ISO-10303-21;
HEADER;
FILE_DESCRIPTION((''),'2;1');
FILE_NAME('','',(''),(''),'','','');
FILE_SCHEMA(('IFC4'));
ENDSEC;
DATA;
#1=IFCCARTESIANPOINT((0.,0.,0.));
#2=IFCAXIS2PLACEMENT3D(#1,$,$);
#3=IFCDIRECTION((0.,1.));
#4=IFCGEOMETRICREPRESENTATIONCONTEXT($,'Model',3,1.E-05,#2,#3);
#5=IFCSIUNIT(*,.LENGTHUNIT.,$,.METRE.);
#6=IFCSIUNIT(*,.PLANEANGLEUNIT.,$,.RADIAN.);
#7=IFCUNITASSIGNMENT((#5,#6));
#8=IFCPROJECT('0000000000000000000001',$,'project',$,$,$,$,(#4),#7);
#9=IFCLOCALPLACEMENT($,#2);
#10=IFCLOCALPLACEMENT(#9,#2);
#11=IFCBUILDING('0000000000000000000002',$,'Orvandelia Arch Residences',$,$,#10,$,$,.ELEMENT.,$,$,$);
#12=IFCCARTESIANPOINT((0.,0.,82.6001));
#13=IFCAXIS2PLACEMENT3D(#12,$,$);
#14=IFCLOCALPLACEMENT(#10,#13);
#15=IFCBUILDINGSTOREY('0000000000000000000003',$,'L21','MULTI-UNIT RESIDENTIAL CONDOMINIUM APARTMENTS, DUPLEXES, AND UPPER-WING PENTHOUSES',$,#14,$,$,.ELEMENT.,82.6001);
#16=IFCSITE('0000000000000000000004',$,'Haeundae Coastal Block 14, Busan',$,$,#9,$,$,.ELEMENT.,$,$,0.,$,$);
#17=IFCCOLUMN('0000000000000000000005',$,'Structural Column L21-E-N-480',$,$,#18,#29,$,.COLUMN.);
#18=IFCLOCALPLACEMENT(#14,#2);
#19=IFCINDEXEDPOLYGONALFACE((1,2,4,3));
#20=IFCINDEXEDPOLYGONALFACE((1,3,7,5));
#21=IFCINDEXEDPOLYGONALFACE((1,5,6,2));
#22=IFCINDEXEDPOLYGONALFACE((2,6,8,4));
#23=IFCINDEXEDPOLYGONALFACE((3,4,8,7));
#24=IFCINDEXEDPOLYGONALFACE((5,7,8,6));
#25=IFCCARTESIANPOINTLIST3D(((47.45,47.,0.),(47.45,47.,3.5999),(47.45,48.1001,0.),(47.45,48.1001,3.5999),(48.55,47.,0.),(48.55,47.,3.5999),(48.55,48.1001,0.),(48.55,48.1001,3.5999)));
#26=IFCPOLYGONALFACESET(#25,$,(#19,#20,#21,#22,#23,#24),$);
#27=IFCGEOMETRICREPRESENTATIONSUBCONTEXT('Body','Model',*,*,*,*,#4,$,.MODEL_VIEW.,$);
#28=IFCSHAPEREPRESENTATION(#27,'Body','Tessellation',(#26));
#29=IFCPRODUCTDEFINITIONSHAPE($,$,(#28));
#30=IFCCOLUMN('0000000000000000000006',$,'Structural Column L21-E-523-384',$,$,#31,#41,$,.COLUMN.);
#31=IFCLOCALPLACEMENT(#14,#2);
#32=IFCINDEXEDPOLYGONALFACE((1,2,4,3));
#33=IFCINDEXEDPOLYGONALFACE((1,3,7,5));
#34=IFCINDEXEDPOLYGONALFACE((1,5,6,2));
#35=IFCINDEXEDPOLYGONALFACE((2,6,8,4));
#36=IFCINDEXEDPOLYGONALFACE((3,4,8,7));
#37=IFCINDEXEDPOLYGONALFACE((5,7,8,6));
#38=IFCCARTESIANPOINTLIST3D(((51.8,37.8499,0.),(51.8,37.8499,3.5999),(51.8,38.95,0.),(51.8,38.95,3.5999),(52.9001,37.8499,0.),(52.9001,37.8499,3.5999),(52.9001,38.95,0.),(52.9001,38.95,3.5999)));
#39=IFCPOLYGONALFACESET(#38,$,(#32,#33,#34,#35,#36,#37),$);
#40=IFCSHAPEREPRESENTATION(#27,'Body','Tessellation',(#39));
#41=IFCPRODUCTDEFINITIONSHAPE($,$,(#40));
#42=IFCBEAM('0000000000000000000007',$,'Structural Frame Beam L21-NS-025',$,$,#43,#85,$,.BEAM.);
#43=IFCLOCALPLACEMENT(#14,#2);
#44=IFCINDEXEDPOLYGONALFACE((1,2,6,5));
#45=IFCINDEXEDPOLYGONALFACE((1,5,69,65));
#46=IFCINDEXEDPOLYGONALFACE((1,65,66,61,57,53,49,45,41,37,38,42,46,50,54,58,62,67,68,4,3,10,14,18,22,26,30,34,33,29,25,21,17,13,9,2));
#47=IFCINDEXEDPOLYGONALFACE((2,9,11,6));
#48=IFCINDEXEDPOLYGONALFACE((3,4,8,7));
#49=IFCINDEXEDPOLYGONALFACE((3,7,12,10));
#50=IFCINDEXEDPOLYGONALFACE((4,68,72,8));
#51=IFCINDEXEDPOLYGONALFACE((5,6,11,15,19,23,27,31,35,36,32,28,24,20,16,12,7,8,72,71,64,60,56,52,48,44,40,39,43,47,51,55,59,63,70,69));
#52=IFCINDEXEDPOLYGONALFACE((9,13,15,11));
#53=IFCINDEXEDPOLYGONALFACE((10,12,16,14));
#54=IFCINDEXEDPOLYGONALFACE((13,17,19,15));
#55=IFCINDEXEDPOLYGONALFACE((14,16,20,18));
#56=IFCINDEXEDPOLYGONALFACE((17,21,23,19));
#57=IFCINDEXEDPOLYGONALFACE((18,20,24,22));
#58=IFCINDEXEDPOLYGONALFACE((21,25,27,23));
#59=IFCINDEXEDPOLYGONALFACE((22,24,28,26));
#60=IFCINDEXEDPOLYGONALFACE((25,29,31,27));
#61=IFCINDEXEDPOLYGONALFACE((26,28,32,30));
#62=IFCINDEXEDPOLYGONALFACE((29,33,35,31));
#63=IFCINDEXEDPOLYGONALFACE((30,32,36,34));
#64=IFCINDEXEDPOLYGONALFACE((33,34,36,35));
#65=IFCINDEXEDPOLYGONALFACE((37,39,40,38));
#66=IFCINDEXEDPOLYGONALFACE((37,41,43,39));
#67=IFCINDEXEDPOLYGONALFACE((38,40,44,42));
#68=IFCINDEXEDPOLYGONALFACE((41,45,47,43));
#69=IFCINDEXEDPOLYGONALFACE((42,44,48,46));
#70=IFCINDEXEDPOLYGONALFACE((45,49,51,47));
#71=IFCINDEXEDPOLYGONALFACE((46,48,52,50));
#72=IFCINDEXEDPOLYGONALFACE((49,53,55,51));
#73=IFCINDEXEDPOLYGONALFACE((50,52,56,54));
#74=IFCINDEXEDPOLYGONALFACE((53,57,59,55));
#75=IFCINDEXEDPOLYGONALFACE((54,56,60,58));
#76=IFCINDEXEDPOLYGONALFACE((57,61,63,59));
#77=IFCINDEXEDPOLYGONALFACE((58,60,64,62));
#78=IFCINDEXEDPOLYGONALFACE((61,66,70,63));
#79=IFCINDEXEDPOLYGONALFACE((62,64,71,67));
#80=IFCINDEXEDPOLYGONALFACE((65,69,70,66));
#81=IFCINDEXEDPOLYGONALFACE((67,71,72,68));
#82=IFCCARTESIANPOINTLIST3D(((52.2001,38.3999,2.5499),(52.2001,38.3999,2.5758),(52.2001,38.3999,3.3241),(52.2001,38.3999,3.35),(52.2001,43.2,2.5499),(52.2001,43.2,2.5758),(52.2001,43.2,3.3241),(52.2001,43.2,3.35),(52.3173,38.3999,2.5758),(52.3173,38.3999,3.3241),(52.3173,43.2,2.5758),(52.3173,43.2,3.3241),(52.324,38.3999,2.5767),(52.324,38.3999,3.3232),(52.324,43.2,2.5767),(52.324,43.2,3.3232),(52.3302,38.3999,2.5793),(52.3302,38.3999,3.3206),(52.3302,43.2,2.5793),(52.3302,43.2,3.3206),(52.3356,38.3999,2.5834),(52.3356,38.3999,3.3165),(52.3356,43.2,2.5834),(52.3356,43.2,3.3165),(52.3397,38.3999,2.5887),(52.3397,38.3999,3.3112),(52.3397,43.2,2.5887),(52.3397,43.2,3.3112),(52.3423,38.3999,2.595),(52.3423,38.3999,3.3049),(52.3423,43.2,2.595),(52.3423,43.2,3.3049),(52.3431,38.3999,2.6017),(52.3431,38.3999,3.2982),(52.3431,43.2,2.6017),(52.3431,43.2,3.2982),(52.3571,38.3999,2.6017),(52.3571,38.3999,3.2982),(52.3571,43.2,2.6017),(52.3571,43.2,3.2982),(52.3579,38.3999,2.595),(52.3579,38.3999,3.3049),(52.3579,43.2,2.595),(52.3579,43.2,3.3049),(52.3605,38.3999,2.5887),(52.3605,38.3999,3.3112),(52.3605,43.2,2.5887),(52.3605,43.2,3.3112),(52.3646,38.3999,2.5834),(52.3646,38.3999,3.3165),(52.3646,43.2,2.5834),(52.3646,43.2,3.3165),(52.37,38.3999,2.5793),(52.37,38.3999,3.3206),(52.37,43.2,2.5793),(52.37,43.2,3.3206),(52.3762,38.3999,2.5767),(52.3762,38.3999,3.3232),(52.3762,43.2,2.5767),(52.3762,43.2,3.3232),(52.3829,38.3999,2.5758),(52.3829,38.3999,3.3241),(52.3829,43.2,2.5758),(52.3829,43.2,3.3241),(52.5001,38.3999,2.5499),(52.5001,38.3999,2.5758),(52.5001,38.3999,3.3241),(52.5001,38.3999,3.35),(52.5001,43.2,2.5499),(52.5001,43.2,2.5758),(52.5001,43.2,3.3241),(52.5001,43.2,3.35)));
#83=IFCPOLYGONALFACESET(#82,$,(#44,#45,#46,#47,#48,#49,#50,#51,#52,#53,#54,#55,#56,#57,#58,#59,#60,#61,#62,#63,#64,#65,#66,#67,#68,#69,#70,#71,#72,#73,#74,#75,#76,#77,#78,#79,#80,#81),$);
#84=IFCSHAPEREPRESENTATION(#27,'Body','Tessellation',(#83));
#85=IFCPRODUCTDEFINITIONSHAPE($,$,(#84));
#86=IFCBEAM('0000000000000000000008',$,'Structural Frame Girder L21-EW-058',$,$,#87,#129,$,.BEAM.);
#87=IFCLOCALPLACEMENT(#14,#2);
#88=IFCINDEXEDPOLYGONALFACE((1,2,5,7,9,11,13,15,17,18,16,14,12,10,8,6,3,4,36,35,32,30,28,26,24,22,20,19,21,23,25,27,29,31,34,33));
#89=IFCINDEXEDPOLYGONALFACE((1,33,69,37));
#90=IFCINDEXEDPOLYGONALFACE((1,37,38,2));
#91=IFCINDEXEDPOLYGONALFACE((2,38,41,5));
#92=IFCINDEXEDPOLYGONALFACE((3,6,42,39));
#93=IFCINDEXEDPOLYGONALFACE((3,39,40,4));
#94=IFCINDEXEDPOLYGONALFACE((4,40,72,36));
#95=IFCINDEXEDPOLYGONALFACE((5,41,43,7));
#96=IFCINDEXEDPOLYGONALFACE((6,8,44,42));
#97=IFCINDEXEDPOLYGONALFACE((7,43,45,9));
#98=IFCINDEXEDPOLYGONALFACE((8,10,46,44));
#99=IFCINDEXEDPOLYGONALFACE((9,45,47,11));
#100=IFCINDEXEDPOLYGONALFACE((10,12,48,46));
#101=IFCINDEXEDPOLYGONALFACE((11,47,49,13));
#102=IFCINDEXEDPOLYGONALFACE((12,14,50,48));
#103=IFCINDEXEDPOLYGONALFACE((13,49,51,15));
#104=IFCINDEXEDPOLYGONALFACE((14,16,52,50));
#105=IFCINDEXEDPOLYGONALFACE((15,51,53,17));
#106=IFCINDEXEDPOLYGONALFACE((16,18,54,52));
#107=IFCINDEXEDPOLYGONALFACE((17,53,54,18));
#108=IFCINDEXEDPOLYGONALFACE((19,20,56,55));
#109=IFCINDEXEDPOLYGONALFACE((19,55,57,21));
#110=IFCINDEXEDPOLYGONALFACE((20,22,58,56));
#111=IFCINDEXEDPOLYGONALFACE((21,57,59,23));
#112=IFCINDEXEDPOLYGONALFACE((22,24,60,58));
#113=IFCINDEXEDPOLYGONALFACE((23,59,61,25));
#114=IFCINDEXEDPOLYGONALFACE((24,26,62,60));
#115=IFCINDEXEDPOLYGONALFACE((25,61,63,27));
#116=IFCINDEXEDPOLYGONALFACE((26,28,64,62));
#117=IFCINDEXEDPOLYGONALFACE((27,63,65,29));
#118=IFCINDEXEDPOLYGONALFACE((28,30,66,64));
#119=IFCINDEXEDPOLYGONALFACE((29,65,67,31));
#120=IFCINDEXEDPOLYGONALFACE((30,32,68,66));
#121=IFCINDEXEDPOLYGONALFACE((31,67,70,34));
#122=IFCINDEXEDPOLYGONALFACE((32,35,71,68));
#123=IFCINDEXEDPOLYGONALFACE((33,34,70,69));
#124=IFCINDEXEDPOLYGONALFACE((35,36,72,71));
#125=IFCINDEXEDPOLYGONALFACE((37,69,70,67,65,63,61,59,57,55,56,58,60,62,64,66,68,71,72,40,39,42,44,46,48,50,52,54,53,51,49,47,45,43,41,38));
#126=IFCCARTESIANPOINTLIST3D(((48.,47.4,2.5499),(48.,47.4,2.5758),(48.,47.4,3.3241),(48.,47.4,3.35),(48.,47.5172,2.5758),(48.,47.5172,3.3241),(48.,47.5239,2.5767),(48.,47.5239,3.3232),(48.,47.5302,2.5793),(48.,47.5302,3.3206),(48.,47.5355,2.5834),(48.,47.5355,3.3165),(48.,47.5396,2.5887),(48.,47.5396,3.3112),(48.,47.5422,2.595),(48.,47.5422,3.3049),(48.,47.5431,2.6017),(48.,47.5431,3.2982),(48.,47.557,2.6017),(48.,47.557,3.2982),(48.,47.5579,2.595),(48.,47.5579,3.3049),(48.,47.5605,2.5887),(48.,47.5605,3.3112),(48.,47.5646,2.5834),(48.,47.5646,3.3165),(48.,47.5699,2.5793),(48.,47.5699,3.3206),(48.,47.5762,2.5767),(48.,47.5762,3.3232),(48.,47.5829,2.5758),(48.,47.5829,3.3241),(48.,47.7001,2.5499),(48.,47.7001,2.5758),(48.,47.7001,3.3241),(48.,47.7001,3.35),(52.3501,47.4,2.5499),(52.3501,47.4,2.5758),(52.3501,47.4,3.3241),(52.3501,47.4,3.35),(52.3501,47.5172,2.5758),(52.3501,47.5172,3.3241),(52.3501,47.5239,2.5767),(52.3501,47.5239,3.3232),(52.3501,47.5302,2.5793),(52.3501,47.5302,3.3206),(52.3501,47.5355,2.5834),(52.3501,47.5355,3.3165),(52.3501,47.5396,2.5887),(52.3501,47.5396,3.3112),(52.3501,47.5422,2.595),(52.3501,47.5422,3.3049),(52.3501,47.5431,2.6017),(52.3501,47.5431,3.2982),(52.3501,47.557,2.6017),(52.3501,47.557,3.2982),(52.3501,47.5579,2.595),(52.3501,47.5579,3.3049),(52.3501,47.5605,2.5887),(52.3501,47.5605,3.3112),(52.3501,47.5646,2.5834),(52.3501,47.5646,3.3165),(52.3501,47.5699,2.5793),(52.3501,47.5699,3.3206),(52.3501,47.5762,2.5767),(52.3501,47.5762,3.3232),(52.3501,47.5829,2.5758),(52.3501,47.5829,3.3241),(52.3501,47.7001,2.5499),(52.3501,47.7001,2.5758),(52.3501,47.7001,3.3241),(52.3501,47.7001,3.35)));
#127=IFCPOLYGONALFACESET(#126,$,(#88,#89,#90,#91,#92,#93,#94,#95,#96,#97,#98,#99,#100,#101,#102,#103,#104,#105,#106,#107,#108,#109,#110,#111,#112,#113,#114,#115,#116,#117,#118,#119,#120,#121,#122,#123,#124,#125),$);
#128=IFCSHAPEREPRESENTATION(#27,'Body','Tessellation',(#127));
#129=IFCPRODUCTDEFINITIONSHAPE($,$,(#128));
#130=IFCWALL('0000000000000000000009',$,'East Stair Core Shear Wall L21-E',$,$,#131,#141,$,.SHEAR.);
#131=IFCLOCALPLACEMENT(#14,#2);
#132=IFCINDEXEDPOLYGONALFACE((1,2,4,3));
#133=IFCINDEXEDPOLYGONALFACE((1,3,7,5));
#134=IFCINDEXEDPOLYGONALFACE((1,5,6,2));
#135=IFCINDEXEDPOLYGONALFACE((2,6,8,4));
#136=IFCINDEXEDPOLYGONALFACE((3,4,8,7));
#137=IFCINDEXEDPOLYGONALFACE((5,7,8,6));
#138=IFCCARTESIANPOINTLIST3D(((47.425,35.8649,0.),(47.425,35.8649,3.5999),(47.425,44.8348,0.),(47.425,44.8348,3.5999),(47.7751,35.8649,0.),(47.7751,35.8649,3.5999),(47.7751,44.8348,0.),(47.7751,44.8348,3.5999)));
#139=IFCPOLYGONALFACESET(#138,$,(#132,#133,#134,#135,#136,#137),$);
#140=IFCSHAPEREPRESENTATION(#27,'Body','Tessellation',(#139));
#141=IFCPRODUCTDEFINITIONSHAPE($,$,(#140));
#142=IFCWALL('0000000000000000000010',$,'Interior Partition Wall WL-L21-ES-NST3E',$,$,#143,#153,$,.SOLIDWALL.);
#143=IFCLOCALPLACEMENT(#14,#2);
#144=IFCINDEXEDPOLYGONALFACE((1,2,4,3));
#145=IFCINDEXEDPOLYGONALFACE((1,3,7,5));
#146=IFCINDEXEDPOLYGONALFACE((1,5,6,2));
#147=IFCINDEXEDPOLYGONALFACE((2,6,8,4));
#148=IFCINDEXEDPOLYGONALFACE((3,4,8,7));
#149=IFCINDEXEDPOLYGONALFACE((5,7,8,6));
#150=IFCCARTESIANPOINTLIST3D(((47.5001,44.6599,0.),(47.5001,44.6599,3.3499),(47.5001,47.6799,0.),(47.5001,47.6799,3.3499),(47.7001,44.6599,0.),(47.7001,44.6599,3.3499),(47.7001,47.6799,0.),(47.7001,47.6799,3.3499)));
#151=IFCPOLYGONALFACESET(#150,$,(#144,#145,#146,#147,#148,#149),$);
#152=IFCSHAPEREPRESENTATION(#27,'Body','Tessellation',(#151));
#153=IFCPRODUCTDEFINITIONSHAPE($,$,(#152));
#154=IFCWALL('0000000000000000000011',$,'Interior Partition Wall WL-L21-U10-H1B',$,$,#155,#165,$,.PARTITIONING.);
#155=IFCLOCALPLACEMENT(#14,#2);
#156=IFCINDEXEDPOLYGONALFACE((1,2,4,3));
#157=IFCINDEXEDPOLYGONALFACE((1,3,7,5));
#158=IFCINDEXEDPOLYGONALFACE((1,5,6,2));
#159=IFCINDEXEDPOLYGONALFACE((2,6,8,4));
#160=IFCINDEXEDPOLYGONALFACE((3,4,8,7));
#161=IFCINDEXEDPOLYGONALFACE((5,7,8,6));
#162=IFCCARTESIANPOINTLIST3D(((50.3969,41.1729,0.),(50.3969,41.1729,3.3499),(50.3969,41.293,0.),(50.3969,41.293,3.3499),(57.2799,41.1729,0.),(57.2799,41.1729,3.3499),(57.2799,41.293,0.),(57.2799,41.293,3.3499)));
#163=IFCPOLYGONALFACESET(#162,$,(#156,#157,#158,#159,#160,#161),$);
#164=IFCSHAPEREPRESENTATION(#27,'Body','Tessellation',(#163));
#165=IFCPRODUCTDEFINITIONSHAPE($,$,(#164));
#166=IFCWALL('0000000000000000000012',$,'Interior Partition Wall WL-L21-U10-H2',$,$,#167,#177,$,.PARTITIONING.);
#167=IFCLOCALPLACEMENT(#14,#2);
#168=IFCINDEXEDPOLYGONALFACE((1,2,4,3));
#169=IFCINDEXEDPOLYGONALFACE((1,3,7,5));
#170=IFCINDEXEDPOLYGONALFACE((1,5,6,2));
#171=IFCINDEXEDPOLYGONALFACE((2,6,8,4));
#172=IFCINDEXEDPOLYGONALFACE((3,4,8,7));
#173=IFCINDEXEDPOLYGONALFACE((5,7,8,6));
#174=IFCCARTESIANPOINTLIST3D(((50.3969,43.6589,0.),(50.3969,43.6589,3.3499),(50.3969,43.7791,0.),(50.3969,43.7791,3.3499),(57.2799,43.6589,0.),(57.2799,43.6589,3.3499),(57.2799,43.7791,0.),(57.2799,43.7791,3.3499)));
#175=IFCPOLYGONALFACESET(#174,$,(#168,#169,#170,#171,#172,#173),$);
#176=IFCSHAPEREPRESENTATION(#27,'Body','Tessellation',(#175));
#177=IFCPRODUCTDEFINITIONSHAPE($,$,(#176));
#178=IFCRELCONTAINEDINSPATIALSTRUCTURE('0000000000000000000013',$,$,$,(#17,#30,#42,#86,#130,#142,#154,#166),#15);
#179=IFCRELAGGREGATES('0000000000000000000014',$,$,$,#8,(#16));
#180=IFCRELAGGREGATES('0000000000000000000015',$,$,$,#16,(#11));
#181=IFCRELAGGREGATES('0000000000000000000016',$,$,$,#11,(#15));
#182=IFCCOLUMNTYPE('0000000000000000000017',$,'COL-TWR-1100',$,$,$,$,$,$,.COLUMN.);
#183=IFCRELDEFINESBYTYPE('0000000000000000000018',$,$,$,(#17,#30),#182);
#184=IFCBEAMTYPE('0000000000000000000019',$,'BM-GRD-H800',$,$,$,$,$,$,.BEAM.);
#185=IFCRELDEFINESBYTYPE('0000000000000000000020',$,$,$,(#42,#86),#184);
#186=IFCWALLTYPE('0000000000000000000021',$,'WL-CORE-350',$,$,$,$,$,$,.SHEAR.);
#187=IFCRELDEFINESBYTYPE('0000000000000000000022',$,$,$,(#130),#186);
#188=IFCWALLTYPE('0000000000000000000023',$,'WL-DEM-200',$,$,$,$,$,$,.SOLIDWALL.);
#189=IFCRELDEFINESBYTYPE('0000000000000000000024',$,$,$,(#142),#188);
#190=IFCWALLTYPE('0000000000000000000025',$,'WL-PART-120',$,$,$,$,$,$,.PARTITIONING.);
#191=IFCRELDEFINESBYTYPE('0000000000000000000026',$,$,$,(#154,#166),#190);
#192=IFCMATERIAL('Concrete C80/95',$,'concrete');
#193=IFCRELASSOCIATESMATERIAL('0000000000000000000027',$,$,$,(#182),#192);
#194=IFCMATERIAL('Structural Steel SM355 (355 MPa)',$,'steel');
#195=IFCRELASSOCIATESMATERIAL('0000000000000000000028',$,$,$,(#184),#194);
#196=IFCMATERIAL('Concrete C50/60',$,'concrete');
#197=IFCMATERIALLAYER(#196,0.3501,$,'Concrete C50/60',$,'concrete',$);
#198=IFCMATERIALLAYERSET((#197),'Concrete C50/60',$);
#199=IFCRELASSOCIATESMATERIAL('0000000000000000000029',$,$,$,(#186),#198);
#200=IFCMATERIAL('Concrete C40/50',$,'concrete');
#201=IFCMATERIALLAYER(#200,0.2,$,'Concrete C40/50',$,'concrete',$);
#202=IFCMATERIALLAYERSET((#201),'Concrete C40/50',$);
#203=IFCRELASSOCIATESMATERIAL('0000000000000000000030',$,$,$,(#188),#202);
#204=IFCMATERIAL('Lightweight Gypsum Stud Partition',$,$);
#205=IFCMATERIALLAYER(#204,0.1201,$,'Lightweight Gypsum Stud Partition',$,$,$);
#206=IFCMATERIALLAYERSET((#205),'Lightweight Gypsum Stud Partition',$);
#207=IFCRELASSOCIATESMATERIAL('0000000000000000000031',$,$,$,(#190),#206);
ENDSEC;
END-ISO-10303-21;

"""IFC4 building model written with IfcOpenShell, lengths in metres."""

from ifc_helpers import new_model, si_unit, direction, frame, frame_2d, origin, origin_2d, place, context, subcontext, project, spatial, rectangle, i_section, extrude, material, layer, layer_set, material_profile, profile_set, type_object, element, save


model = new_model("IFC4")

# Units and contexts
model_context = context("Model", 3, precision=1e-05, world=origin(), true_north=direction((0.0, 1.0)))
body_context = subcontext(model_context, "Body", "Model", "MODEL_VIEW")
ifc_project = project(units=[si_unit("LENGTHUNIT", "METRE"), si_unit("PLANEANGLEUNIT", "RADIAN")], contexts=[model_context])

# Site, building, storey
site_placement = place(None, origin())
site = spatial("IfcSite", under=ifc_project, at=site_placement, Name="Haeundae Coastal Block 14, Busan", CompositionType="ELEMENT", RefElevation=0.0)
building_placement = place(site_placement, origin())
building = spatial("IfcBuilding", under=site, at=building_placement, Name="Orvandelia Arch Residences", CompositionType="ELEMENT")
storey_placement = place(building_placement, frame((0.0, 0.0, 82.6001)))
storey = spatial("IfcBuildingStorey", under=building, at=storey_placement, Name="L21", Description="MULTI-UNIT RESIDENTIAL CONDOMINIUM APARTMENTS, DUPLEXES, AND UPPER-WING PENTHOUSES", CompositionType="ELEMENT", Elevation=82.6001)

# Columns
ifc_material_1 = material(Name="Concrete C80/95", Category="concrete")
ifc_material_profile_1 = material_profile(ifc_material_1, rectangle(XDim=1.1001, YDim=1.1001, at=origin_2d()), Name="Concrete C80/95", Category="concrete")
ifc_profile_set_1 = profile_set([ifc_material_profile_1], Name="Concrete C80/95")
column_type = type_object("IfcColumnType", Name="COL-TWR-1100", PredefinedType="COLUMN", material=ifc_profile_set_1)
for number, where, z_axis, x_axis, name in (
    (1, (48.0, 47.55, 0.0), (0.0, 0.0, 1.0), (1.0, 0.0, 0.0), "Structural Column L21-E-N-480"),
    (2, (52.3501, 38.3999, 0.0), (0.0, 0.0, 1.0), (1.0, 0.0, 0.0), "Structural Column L21-E-523-384"),
):
    element("IfcColumn", number, at=place(storey_placement, frame(where, z_axis=z_axis, x_axis=x_axis)), inside=storey, type_object=column_type, Name=name, PredefinedType="COLUMN", context=body_context, shape_type="SweptSolid", body=[
        extrude(rectangle(XDim=1.1001, YDim=1.1001, at=origin_2d()), origin(), (0.0, 0.0, 1.0), 3.5999),
    ])

# Beams
ifc_material_2 = material(Name="Structural Steel SM355 (355 MPa)", Category="steel")
ifc_material_profile_2 = material_profile(ifc_material_2, i_section(OverallWidth=0.3, OverallDepth=0.8, WebThickness=0.0139, FlangeThickness=0.0259, FilletRadius=0.0259, at=origin_2d()), Name="Structural Steel SM355 (355 MPa)", Category="steel")
ifc_profile_set_2 = profile_set([ifc_material_profile_2], Name="Structural Steel SM355 (355 MPa)")
beam_type = type_object("IfcBeamType", Name="BM-GRD-H800", PredefinedType="BEAM", material=ifc_profile_set_2)
beam_1_placement = place(storey_placement, frame((52.3501, 38.3999, 2.95), z_axis=(0.0, 1.0, 0.0), x_axis=(-1.0, 0.0, 0.0)))
element("IfcBeam", 3, at=beam_1_placement, inside=storey, type_object=beam_type, Name="Structural Frame Beam L21-NS-025", PredefinedType="BEAM", context=body_context, shape_type="SweptSolid", body=[
    extrude(i_section(OverallWidth=0.3, OverallDepth=0.8, WebThickness=0.0139, FlangeThickness=0.0259, FilletRadius=0.0259, at=origin_2d()), origin(), (0.0, 0.0, 1.0), 4.8),
])
beam_2_placement = place(storey_placement, frame((48.0, 47.55, 2.95), z_axis=(1.0, 0.0, 0.0), x_axis=(0.0, 1.0, 0.0)))
element("IfcBeam", 4, at=beam_2_placement, inside=storey, type_object=beam_type, Name="Structural Frame Girder L21-EW-058", PredefinedType="BEAM", context=body_context, shape_type="SweptSolid", body=[
    extrude(i_section(OverallWidth=0.3, OverallDepth=0.8, WebThickness=0.0139, FlangeThickness=0.0259, FilletRadius=0.0259, at=origin_2d()), origin(), (0.0, 0.0, 1.0), 4.3501),
])

# Walls
ifc_material_3 = material(Name="Concrete C50/60", Category="concrete")
ifc_layer_1 = layer(ifc_material_3, 0.3501, Name="Concrete C50/60", Category="concrete")
ifc_layer_set_1 = layer_set([ifc_layer_1], Name="Concrete C50/60")
wall_type_1 = type_object("IfcWallType", Name="WL-CORE-350", PredefinedType="SHEAR", material=ifc_layer_set_1)
wall_1_placement = place(storey_placement, frame((47.6001, 35.865, 0.0), z_axis=(0.0, 0.0, 1.0), x_axis=(0.0, 1.0, 0.0)))
element("IfcWall", 5, at=wall_1_placement, inside=storey, type_object=wall_type_1, Name="East Stair Core Shear Wall L21-E", PredefinedType="SHEAR", context=body_context, shape_type="SweptSolid", body=[
    extrude(rectangle(XDim=8.97, YDim=0.3501, at=frame_2d((4.4849, 0.0))), origin(), (0.0, 0.0, 1.0), 3.5999),
])
ifc_material_4 = material(Name="Concrete C40/50", Category="concrete")
ifc_layer_2 = layer(ifc_material_4, 0.2, Name="Concrete C40/50", Category="concrete")
ifc_layer_set_2 = layer_set([ifc_layer_2], Name="Concrete C40/50")
wall_type_2 = type_object("IfcWallType", Name="WL-DEM-200", PredefinedType="SOLIDWALL", material=ifc_layer_set_2)
wall_2_placement = place(storey_placement, frame((47.6001, 44.6599, 0.0), z_axis=(0.0, 0.0, 1.0), x_axis=(0.0, 1.0, 0.0)))
element("IfcWall", 6, at=wall_2_placement, inside=storey, type_object=wall_type_2, Name="Interior Partition Wall WL-L21-ES-NST3E", PredefinedType="SOLIDWALL", context=body_context, shape_type="SweptSolid", body=[
    extrude(rectangle(XDim=3.02, YDim=0.2, at=frame_2d((1.51, 0.0))), origin(), (0.0, 0.0, 1.0), 3.3499),
])
ifc_material_5 = material(Name="Lightweight Gypsum Stud Partition")
ifc_layer_3 = layer(ifc_material_5, 0.1201, Name="Lightweight Gypsum Stud Partition")
ifc_layer_set_3 = layer_set([ifc_layer_3], Name="Lightweight Gypsum Stud Partition")
wall_type_3 = type_object("IfcWallType", Name="WL-PART-120", PredefinedType="PARTITIONING", material=ifc_layer_set_3)
for number, where, z_axis, x_axis, name in (
    (7, (50.397, 41.2329, 0.0), (0.0, 0.0, 1.0), (1.0, 0.0, 0.0), "Interior Partition Wall WL-L21-U10-H1B"),
    (8, (50.397, 43.719, 0.0), (0.0, 0.0, 1.0), (1.0, 0.0, 0.0), "Interior Partition Wall WL-L21-U10-H2"),
):
    element("IfcWall", number, at=place(storey_placement, frame(where, z_axis=z_axis, x_axis=x_axis)), inside=storey, type_object=wall_type_3, Name=name, PredefinedType="PARTITIONING", context=body_context, shape_type="SweptSolid", body=[
        extrude(rectangle(XDim=6.8831, YDim=0.1201, at=frame_2d((3.4414, 0.0))), origin(), (0.0, 0.0, 1.0), 3.3499),
    ])

save(model, "model.ifc")
